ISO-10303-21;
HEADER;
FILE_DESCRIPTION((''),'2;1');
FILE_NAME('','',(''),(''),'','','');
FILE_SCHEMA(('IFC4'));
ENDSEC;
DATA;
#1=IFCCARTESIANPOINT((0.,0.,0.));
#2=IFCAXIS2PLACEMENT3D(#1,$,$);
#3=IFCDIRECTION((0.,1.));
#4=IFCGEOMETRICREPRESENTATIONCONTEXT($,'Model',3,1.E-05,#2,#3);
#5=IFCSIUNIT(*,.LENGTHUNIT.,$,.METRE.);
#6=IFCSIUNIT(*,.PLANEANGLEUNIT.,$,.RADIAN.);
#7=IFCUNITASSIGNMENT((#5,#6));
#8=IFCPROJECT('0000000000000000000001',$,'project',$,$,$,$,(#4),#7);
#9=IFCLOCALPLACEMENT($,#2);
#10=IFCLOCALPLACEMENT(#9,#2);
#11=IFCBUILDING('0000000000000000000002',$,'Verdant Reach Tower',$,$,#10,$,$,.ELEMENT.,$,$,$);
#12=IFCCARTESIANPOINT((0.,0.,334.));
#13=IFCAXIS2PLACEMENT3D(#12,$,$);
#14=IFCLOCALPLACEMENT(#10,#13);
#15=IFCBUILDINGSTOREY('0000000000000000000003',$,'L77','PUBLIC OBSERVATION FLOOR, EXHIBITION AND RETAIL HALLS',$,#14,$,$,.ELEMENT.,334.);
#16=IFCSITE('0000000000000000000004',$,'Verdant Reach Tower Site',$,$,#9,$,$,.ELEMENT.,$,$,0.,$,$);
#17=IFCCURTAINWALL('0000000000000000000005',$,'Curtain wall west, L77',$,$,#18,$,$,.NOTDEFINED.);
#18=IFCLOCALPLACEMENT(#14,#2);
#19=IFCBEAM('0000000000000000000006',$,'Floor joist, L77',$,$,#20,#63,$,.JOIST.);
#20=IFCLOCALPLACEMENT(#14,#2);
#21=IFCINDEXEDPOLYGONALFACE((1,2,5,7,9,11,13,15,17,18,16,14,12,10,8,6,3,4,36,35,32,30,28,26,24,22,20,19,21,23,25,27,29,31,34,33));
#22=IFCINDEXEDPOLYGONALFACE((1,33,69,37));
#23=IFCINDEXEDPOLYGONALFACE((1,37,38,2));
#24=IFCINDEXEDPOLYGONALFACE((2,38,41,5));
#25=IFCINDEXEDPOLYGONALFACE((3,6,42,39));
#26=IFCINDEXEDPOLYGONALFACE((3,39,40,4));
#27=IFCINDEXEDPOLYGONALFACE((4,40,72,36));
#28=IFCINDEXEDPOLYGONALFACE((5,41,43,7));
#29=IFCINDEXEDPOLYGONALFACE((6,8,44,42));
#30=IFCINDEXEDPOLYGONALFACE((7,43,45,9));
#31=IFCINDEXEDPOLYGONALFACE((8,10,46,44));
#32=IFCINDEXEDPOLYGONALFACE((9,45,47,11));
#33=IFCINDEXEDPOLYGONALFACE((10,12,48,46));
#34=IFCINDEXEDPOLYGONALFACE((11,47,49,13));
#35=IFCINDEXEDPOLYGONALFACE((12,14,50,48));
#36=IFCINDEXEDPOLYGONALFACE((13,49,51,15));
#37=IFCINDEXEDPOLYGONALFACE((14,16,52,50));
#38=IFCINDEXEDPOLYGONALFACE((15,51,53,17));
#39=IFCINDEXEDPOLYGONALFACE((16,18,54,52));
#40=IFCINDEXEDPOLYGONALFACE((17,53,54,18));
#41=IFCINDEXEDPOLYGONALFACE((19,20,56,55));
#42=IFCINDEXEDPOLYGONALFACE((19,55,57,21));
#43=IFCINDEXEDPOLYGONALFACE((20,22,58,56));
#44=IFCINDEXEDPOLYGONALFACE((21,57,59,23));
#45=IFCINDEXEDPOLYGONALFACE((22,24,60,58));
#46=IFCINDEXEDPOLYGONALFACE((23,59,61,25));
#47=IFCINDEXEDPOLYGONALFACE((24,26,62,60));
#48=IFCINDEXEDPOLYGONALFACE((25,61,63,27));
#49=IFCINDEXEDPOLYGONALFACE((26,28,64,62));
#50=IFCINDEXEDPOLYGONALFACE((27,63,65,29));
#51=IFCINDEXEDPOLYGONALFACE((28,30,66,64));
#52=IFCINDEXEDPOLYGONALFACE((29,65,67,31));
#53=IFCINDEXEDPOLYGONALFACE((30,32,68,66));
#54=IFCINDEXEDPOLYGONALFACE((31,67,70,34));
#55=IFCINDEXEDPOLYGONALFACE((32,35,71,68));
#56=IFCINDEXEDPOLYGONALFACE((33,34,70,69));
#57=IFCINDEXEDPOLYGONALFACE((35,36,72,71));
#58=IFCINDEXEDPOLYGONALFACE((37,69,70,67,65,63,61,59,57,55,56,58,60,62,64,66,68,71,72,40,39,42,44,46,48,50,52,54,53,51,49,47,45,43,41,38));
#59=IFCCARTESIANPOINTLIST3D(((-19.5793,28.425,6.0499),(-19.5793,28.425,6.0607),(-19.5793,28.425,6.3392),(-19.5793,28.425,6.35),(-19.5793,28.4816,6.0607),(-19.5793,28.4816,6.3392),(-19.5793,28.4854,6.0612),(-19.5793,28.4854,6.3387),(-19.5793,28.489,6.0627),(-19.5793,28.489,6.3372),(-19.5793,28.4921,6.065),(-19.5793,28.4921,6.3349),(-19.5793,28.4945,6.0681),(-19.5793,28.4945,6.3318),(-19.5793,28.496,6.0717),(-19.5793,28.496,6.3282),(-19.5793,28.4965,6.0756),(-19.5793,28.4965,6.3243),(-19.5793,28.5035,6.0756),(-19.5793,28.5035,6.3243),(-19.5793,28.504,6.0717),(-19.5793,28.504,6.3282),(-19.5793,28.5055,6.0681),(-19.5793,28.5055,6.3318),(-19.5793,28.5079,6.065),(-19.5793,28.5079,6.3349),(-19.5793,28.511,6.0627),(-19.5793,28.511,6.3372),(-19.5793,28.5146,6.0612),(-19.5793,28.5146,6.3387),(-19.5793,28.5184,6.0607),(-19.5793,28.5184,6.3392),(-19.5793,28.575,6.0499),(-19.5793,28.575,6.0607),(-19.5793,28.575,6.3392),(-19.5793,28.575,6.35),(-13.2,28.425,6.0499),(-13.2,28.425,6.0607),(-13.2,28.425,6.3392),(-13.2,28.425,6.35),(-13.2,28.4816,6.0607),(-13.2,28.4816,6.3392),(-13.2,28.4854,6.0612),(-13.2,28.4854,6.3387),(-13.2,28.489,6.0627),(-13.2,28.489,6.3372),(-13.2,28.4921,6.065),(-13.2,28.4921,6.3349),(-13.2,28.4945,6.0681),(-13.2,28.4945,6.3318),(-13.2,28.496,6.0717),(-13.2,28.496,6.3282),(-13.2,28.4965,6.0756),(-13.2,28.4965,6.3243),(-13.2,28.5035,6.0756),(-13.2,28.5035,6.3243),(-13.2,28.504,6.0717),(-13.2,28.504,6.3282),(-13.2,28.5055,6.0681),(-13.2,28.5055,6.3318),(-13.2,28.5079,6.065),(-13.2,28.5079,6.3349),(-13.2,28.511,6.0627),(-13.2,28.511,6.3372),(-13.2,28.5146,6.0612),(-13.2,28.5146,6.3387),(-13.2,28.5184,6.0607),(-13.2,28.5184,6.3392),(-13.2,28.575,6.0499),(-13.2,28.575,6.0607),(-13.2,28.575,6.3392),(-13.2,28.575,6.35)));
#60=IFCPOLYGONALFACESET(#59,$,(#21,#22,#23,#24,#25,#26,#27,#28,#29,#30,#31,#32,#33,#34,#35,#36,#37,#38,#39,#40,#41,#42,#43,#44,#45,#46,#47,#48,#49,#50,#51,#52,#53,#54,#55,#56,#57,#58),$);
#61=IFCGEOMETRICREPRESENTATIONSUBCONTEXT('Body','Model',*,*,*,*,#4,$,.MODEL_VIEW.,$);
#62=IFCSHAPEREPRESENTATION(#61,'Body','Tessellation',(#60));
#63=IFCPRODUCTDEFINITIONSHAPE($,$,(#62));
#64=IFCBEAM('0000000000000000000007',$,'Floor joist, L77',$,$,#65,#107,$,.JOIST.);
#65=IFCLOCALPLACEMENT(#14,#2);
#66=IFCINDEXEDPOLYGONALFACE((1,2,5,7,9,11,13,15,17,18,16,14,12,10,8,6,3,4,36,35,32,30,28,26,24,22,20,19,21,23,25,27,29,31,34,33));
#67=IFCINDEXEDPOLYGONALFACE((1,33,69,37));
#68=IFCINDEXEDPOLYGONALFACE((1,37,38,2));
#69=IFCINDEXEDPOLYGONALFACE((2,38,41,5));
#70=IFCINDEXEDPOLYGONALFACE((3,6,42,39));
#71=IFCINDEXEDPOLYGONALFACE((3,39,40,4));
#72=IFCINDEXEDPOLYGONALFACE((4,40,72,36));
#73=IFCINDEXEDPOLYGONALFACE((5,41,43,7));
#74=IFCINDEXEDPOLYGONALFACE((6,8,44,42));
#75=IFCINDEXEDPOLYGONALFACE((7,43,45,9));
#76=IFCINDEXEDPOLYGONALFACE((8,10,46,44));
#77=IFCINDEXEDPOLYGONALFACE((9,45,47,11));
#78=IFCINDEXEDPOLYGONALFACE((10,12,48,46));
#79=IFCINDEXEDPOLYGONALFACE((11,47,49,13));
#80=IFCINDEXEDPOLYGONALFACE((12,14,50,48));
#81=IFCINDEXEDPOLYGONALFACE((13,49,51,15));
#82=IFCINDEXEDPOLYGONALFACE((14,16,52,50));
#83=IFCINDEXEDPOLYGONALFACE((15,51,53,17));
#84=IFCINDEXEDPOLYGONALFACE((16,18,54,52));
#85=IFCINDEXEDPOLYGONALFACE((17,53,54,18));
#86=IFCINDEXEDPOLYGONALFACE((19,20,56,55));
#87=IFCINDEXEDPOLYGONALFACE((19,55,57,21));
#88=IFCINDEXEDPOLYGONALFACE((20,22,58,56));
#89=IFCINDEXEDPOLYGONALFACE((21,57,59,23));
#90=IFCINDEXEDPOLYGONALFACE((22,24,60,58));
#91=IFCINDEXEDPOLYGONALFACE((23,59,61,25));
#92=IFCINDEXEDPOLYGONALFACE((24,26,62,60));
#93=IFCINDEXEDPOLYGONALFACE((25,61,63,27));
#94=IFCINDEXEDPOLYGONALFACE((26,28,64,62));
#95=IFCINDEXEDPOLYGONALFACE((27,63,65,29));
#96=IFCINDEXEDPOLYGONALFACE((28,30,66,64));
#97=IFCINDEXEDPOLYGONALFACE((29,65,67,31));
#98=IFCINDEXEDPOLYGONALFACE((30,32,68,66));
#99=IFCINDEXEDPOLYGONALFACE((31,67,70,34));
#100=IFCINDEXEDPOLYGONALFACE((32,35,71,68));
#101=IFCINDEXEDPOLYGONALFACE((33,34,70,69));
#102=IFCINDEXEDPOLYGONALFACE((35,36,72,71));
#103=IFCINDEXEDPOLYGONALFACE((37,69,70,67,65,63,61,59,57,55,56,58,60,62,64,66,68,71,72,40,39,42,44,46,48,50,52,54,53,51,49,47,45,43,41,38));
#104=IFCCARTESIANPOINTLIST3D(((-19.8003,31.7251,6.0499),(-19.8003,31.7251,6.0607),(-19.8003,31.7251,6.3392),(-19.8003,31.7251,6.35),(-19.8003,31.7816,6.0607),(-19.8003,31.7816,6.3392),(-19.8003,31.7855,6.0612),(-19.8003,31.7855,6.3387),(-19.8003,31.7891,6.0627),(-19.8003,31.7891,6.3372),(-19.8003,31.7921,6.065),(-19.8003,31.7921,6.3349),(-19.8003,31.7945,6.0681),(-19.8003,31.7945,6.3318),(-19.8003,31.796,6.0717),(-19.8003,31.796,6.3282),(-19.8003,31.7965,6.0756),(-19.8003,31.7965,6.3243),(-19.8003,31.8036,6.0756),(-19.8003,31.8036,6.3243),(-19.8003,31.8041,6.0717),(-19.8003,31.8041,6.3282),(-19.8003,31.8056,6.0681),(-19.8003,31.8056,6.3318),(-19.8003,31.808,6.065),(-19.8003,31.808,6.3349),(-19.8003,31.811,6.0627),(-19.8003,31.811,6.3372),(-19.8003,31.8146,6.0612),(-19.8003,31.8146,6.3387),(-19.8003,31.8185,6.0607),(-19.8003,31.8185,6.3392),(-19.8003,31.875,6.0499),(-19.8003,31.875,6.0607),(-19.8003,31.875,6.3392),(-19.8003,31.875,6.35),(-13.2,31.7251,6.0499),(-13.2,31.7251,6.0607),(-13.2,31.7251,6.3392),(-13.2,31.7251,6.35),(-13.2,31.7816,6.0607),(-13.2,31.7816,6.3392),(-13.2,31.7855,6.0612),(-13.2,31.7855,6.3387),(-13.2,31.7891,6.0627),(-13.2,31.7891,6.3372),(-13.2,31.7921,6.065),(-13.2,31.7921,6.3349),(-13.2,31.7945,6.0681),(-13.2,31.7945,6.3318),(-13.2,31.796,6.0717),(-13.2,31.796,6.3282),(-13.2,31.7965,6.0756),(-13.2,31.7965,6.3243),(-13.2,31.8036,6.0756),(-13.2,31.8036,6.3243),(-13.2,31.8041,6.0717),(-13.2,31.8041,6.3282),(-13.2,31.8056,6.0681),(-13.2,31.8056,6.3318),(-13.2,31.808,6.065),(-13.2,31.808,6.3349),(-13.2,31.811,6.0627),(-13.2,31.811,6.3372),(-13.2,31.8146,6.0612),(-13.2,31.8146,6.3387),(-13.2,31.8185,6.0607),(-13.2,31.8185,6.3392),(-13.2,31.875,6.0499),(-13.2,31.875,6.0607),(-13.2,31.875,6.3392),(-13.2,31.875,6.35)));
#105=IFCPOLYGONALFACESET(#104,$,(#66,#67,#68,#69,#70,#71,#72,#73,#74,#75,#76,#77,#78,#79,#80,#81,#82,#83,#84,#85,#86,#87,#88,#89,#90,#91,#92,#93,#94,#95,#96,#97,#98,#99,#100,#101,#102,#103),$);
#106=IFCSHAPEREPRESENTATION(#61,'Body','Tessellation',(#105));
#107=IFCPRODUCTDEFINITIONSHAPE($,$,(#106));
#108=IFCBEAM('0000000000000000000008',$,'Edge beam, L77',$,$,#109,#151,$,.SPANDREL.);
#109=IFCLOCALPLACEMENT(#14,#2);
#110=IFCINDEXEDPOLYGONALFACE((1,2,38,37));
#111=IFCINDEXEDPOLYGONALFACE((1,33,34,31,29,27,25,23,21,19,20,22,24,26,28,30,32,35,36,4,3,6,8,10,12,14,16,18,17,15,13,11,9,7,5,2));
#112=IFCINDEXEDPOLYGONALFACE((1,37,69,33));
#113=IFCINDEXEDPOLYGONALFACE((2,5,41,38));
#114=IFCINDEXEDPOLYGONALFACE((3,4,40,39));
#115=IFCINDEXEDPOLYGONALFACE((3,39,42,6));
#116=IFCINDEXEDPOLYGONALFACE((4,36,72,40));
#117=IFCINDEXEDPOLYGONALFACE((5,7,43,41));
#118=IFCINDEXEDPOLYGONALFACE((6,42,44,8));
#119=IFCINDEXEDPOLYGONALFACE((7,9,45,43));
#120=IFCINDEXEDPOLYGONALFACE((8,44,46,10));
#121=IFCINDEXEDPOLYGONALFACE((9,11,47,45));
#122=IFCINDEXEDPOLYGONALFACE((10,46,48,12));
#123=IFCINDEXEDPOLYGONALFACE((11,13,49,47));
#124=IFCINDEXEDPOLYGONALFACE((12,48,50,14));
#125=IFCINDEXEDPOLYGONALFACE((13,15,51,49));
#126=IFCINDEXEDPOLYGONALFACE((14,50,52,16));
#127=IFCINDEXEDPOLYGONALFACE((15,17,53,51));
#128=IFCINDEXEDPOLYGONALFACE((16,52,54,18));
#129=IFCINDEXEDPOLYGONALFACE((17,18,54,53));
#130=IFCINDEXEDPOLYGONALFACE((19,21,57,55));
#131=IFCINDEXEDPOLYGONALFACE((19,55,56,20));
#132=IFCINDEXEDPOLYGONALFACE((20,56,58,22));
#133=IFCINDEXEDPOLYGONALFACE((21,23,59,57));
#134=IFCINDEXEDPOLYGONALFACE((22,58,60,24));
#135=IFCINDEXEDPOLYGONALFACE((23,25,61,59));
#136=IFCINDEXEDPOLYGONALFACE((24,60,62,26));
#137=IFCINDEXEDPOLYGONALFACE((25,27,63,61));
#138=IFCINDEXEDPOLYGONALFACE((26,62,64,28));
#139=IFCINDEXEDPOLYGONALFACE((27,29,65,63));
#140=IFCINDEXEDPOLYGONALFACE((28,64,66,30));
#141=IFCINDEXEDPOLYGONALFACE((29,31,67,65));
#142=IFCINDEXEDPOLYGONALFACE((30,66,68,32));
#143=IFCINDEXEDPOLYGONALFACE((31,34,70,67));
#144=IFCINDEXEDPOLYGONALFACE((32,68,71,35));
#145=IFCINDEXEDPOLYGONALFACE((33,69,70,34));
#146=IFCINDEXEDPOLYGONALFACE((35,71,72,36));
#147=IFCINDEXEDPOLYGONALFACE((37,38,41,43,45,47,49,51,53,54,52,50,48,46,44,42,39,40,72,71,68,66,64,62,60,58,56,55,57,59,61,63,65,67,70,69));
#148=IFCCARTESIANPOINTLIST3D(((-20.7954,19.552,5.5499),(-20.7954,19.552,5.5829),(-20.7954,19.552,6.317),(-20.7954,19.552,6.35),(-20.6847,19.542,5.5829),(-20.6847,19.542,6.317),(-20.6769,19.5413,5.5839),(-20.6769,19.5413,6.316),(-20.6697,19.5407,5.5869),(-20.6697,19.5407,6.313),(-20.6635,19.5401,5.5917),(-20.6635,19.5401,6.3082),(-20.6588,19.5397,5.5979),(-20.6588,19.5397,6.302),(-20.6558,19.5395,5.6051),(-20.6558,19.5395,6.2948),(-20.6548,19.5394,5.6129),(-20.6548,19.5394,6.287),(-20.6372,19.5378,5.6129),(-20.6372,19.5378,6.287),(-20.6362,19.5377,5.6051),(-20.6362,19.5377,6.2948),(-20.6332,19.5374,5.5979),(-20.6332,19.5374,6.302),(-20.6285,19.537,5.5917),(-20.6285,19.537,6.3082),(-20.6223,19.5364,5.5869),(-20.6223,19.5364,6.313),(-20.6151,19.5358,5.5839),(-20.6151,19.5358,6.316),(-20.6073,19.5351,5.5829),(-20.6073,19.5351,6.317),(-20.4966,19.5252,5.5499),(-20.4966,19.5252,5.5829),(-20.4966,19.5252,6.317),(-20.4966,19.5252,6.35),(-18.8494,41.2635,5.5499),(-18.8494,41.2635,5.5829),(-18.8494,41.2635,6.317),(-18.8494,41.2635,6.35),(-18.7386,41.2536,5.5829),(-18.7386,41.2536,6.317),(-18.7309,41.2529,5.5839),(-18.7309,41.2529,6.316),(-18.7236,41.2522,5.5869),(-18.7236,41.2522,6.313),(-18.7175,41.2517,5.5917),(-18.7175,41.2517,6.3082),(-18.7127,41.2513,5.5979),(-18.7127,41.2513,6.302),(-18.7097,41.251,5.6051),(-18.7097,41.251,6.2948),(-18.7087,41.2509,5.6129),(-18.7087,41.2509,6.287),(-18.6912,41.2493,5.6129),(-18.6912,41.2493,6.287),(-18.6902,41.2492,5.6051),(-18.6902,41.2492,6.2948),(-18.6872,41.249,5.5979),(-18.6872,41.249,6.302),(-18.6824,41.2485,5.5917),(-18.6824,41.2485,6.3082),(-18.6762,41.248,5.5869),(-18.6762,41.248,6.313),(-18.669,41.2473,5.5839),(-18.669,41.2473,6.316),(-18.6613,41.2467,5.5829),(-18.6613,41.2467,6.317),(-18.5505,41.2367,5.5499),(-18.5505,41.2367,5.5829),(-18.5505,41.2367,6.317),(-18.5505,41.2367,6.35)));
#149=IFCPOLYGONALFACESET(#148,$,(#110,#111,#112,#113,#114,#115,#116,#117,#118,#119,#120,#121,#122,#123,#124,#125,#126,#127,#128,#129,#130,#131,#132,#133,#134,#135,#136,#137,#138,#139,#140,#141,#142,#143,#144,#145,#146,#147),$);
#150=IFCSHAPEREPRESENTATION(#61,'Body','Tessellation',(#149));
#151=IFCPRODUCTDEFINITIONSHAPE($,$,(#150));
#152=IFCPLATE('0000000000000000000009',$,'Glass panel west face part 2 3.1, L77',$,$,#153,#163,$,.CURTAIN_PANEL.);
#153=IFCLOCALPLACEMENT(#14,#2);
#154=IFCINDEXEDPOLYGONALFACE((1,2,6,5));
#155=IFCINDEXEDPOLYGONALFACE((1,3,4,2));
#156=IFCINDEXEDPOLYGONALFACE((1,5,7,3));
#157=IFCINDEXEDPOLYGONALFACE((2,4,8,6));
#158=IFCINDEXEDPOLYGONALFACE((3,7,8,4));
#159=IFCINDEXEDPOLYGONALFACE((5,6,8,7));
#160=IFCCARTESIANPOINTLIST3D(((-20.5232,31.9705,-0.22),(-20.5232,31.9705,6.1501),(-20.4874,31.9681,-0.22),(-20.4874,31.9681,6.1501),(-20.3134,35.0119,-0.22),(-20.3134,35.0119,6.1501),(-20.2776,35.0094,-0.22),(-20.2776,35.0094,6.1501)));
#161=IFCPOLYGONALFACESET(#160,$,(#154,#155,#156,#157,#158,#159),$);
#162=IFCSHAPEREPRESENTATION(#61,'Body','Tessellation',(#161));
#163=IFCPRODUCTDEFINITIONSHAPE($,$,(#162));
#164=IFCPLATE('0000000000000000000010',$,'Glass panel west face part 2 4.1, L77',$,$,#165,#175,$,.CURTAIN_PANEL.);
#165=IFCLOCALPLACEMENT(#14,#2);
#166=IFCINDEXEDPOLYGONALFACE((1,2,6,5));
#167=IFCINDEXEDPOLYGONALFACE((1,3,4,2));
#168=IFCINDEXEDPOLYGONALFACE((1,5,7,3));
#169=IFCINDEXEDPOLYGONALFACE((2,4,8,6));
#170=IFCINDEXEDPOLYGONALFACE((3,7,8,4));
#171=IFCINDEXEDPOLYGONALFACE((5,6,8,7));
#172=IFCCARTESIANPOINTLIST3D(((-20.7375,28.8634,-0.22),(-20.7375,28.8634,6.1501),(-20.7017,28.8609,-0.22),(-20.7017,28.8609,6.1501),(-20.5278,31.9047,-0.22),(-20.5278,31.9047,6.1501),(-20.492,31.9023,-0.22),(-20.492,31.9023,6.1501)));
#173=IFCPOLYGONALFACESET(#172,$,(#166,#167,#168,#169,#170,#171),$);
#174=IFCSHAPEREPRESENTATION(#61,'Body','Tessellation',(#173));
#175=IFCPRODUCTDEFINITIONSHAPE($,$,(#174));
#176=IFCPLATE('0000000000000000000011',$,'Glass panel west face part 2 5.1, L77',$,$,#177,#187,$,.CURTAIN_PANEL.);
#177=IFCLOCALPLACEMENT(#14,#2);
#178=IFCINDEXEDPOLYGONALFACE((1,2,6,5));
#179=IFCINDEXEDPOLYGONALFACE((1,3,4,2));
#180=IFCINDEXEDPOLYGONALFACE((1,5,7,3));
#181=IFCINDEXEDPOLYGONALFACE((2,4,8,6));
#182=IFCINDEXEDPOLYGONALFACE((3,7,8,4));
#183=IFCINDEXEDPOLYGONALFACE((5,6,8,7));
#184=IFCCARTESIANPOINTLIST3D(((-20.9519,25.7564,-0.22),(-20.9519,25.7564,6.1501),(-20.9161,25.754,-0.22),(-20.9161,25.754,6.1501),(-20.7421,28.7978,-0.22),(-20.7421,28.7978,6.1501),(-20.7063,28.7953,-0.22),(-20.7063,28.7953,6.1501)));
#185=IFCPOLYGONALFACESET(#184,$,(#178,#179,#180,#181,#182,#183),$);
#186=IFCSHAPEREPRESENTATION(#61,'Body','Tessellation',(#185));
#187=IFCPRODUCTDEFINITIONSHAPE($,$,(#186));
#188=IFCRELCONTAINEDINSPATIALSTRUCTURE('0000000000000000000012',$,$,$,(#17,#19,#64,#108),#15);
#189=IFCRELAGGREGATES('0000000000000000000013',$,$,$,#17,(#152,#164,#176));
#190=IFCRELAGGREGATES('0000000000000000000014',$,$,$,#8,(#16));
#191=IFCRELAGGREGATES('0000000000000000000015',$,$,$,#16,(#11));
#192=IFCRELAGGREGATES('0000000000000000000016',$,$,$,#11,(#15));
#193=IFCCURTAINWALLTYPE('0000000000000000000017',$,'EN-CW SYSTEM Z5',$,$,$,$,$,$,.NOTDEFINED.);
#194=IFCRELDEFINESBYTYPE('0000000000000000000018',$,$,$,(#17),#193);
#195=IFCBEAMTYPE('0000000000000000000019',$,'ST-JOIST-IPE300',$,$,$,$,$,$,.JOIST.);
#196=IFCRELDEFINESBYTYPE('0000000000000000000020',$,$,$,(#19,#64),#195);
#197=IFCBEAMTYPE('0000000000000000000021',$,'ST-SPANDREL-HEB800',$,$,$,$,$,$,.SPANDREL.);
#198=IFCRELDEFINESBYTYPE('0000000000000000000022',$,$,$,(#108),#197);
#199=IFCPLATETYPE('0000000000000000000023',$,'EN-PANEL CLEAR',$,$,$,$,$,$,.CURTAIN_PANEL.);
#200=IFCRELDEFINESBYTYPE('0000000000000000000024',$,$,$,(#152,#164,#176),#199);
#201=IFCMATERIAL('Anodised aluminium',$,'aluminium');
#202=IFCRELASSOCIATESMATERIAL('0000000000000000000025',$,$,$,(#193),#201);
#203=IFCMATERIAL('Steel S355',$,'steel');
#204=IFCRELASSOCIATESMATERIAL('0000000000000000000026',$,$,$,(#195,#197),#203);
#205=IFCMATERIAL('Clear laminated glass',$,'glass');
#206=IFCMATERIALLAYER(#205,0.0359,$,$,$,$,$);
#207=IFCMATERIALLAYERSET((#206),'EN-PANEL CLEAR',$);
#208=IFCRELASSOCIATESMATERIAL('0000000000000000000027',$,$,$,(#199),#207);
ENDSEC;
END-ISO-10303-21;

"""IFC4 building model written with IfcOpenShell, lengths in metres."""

from ifc_helpers import new_model, si_unit, direction, frame, origin, origin_2d, place, context, subcontext, project, spatial, rectangle, i_section, extrude, material, layer, layer_set, material_profile, profile_set, type_object, element, aggregate, save


model = new_model("IFC4")

# Units and contexts
model_context = context("Model", 3, precision=1e-05, world=origin(), true_north=direction((0.0, 1.0)))
body_context = subcontext(model_context, "Body", "Model", "MODEL_VIEW")
ifc_project = project(units=[si_unit("LENGTHUNIT", "METRE"), si_unit("PLANEANGLEUNIT", "RADIAN")], contexts=[model_context])

# Site, building, storey
site_placement = place(None, origin())
site = spatial("IfcSite", under=ifc_project, at=site_placement, Name="Verdant Reach Tower Site", CompositionType="ELEMENT", RefElevation=0.0)
building_placement = place(site_placement, origin())
building = spatial("IfcBuilding", under=site, at=building_placement, Name="Verdant Reach Tower", CompositionType="ELEMENT")
storey_placement = place(building_placement, frame((0.0, 0.0, 334.0)))
storey = spatial("IfcBuildingStorey", under=building, at=storey_placement, Name="L77", Description="PUBLIC OBSERVATION FLOOR, EXHIBITION AND RETAIL HALLS", CompositionType="ELEMENT", Elevation=334.0)

# Curtain wall
ifc_material_1 = material(Name="Anodised aluminium", Category="aluminium")
curtain_wall_type = type_object("IfcCurtainWallType", Name="EN-CW SYSTEM Z5", PredefinedType="NOTDEFINED", material=ifc_material_1)
curtain_wall_1_placement = place(storey_placement, origin())
curtain_wall_1 = element("IfcCurtainWall", 1, at=curtain_wall_1_placement, inside=storey, type_object=curtain_wall_type, Name="Curtain wall west, L77", PredefinedType="NOTDEFINED")

# Beams
ifc_material_2 = material(Name="Steel S355", Category="steel")
ifc_material_profile_1 = material_profile(ifc_material_2, i_section(OverallWidth=0.1499, OverallDepth=0.3, WebThickness=0.0071, FlangeThickness=0.0107, FilletRadius=0.0149, at=origin_2d()), Name="IPE 300")
ifc_profile_set_1 = profile_set([ifc_material_profile_1], Name="Steel S355")
beam_type_1 = type_object("IfcBeamType", Name="ST-JOIST-IPE300", PredefinedType="JOIST", material=ifc_profile_set_1)
beam_1_placement = place(storey_placement, frame((-13.2, 28.5, 6.2), z_axis=(-1.0, 0.0, 0.0), x_axis=(0.0, -1.0, 0.0)))
element("IfcBeam", 2, at=beam_1_placement, inside=storey, type_object=beam_type_1, Name="Floor joist, L77", PredefinedType="JOIST", context=body_context, shape_type="SweptSolid", body=[
    extrude(i_section(OverallWidth=0.1499, OverallDepth=0.3, WebThickness=0.0071, FlangeThickness=0.0107, FilletRadius=0.0149, at=origin_2d()), origin(), (0.0, 0.0, 1.0), 6.3794),
])
beam_2_placement = place(storey_placement, frame((-13.2, 31.8, 6.2), z_axis=(-1.0, 0.0, 0.0), x_axis=(0.0, -1.0, 0.0)))
element("IfcBeam", 3, at=beam_2_placement, inside=storey, type_object=beam_type_1, Name="Floor joist, L77", PredefinedType="JOIST", context=body_context, shape_type="SweptSolid", body=[
    extrude(i_section(OverallWidth=0.1499, OverallDepth=0.3, WebThickness=0.0071, FlangeThickness=0.0107, FilletRadius=0.0149, at=origin_2d()), origin(), (0.0, 0.0, 1.0), 6.6003),
])
ifc_material_profile_2 = material_profile(ifc_material_2, i_section(OverallWidth=0.3, OverallDepth=0.8, WebThickness=0.0176, FlangeThickness=0.033, FilletRadius=0.03, at=origin_2d()), Name="HEB 800")
ifc_profile_set_2 = profile_set([ifc_material_profile_2], Name="Steel S355")
beam_type_2 = type_object("IfcBeamType", Name="ST-SPANDREL-HEB800", PredefinedType="SPANDREL", material=ifc_profile_set_2)
beam_3_placement = place(storey_placement, frame((-20.646, 19.5386, 5.95), z_axis=(0.089274, 0.996007, 0.0), x_axis=(-0.996007, 0.089274, 0.0)))
element("IfcBeam", 4, at=beam_3_placement, inside=storey, type_object=beam_type_2, Name="Edge beam, L77", PredefinedType="SPANDREL", context=body_context, shape_type="SweptSolid", body=[
    extrude(i_section(OverallWidth=0.3, OverallDepth=0.8, WebThickness=0.0176, FlangeThickness=0.033, FilletRadius=0.03, at=origin_2d()), origin(), (0.0, 0.0, 1.0), 21.7986),
])

# Plates
ifc_material_3 = material(Name="Clear laminated glass", Category="glass")
ifc_layer_1 = layer(ifc_material_3, 0.0359)
ifc_layer_set_1 = layer_set([ifc_layer_1], Name="EN-PANEL CLEAR")
plate_type = type_object("IfcPlateType", Name="EN-PANEL CLEAR", PredefinedType="CURTAIN_PANEL", material=ifc_layer_set_1)
plate_1_placement = place(storey_placement, frame((-20.4004, 33.49, -0.22), z_axis=(0.0, 0.0, 1.0), x_axis=(-0.068802, -0.99763, 0.0)))
plate_1 = element("IfcPlate", 5, at=plate_1_placement, type_object=plate_type, Name="Glass panel west face part 2 3.1, L77", PredefinedType="CURTAIN_PANEL", context=body_context, shape_type="SweptSolid", body=[
    extrude(rectangle(XDim=3.0486, YDim=0.0359, at=origin_2d()), origin(), (0.0, 0.0, 1.0), 6.3701),
])
plate_2_placement = place(storey_placement, frame((-20.6147, 30.3828, -0.22), z_axis=(0.0, 0.0, 1.0), x_axis=(-0.068802, -0.99763, 0.0)))
plate_2 = element("IfcPlate", 6, at=plate_2_placement, type_object=plate_type, Name="Glass panel west face part 2 4.1, L77", PredefinedType="CURTAIN_PANEL", context=body_context, shape_type="SweptSolid", body=[
    extrude(rectangle(XDim=3.0486, YDim=0.0359, at=origin_2d()), origin(), (0.0, 0.0, 1.0), 6.3701),
])
plate_3_placement = place(storey_placement, frame((-20.8291, 27.2759, -0.22), z_axis=(0.0, 0.0, 1.0), x_axis=(-0.068802, -0.99763, 0.0)))
plate_3 = element("IfcPlate", 7, at=plate_3_placement, type_object=plate_type, Name="Glass panel west face part 2 5.1, L77", PredefinedType="CURTAIN_PANEL", context=body_context, shape_type="SweptSolid", body=[
    extrude(rectangle(XDim=3.0486, YDim=0.0359, at=origin_2d()), origin(), (0.0, 0.0, 1.0), 6.3701),
])
aggregate(curtain_wall_1, [plate_1, plate_2, plate_3])

save(model, "model.ifc")
